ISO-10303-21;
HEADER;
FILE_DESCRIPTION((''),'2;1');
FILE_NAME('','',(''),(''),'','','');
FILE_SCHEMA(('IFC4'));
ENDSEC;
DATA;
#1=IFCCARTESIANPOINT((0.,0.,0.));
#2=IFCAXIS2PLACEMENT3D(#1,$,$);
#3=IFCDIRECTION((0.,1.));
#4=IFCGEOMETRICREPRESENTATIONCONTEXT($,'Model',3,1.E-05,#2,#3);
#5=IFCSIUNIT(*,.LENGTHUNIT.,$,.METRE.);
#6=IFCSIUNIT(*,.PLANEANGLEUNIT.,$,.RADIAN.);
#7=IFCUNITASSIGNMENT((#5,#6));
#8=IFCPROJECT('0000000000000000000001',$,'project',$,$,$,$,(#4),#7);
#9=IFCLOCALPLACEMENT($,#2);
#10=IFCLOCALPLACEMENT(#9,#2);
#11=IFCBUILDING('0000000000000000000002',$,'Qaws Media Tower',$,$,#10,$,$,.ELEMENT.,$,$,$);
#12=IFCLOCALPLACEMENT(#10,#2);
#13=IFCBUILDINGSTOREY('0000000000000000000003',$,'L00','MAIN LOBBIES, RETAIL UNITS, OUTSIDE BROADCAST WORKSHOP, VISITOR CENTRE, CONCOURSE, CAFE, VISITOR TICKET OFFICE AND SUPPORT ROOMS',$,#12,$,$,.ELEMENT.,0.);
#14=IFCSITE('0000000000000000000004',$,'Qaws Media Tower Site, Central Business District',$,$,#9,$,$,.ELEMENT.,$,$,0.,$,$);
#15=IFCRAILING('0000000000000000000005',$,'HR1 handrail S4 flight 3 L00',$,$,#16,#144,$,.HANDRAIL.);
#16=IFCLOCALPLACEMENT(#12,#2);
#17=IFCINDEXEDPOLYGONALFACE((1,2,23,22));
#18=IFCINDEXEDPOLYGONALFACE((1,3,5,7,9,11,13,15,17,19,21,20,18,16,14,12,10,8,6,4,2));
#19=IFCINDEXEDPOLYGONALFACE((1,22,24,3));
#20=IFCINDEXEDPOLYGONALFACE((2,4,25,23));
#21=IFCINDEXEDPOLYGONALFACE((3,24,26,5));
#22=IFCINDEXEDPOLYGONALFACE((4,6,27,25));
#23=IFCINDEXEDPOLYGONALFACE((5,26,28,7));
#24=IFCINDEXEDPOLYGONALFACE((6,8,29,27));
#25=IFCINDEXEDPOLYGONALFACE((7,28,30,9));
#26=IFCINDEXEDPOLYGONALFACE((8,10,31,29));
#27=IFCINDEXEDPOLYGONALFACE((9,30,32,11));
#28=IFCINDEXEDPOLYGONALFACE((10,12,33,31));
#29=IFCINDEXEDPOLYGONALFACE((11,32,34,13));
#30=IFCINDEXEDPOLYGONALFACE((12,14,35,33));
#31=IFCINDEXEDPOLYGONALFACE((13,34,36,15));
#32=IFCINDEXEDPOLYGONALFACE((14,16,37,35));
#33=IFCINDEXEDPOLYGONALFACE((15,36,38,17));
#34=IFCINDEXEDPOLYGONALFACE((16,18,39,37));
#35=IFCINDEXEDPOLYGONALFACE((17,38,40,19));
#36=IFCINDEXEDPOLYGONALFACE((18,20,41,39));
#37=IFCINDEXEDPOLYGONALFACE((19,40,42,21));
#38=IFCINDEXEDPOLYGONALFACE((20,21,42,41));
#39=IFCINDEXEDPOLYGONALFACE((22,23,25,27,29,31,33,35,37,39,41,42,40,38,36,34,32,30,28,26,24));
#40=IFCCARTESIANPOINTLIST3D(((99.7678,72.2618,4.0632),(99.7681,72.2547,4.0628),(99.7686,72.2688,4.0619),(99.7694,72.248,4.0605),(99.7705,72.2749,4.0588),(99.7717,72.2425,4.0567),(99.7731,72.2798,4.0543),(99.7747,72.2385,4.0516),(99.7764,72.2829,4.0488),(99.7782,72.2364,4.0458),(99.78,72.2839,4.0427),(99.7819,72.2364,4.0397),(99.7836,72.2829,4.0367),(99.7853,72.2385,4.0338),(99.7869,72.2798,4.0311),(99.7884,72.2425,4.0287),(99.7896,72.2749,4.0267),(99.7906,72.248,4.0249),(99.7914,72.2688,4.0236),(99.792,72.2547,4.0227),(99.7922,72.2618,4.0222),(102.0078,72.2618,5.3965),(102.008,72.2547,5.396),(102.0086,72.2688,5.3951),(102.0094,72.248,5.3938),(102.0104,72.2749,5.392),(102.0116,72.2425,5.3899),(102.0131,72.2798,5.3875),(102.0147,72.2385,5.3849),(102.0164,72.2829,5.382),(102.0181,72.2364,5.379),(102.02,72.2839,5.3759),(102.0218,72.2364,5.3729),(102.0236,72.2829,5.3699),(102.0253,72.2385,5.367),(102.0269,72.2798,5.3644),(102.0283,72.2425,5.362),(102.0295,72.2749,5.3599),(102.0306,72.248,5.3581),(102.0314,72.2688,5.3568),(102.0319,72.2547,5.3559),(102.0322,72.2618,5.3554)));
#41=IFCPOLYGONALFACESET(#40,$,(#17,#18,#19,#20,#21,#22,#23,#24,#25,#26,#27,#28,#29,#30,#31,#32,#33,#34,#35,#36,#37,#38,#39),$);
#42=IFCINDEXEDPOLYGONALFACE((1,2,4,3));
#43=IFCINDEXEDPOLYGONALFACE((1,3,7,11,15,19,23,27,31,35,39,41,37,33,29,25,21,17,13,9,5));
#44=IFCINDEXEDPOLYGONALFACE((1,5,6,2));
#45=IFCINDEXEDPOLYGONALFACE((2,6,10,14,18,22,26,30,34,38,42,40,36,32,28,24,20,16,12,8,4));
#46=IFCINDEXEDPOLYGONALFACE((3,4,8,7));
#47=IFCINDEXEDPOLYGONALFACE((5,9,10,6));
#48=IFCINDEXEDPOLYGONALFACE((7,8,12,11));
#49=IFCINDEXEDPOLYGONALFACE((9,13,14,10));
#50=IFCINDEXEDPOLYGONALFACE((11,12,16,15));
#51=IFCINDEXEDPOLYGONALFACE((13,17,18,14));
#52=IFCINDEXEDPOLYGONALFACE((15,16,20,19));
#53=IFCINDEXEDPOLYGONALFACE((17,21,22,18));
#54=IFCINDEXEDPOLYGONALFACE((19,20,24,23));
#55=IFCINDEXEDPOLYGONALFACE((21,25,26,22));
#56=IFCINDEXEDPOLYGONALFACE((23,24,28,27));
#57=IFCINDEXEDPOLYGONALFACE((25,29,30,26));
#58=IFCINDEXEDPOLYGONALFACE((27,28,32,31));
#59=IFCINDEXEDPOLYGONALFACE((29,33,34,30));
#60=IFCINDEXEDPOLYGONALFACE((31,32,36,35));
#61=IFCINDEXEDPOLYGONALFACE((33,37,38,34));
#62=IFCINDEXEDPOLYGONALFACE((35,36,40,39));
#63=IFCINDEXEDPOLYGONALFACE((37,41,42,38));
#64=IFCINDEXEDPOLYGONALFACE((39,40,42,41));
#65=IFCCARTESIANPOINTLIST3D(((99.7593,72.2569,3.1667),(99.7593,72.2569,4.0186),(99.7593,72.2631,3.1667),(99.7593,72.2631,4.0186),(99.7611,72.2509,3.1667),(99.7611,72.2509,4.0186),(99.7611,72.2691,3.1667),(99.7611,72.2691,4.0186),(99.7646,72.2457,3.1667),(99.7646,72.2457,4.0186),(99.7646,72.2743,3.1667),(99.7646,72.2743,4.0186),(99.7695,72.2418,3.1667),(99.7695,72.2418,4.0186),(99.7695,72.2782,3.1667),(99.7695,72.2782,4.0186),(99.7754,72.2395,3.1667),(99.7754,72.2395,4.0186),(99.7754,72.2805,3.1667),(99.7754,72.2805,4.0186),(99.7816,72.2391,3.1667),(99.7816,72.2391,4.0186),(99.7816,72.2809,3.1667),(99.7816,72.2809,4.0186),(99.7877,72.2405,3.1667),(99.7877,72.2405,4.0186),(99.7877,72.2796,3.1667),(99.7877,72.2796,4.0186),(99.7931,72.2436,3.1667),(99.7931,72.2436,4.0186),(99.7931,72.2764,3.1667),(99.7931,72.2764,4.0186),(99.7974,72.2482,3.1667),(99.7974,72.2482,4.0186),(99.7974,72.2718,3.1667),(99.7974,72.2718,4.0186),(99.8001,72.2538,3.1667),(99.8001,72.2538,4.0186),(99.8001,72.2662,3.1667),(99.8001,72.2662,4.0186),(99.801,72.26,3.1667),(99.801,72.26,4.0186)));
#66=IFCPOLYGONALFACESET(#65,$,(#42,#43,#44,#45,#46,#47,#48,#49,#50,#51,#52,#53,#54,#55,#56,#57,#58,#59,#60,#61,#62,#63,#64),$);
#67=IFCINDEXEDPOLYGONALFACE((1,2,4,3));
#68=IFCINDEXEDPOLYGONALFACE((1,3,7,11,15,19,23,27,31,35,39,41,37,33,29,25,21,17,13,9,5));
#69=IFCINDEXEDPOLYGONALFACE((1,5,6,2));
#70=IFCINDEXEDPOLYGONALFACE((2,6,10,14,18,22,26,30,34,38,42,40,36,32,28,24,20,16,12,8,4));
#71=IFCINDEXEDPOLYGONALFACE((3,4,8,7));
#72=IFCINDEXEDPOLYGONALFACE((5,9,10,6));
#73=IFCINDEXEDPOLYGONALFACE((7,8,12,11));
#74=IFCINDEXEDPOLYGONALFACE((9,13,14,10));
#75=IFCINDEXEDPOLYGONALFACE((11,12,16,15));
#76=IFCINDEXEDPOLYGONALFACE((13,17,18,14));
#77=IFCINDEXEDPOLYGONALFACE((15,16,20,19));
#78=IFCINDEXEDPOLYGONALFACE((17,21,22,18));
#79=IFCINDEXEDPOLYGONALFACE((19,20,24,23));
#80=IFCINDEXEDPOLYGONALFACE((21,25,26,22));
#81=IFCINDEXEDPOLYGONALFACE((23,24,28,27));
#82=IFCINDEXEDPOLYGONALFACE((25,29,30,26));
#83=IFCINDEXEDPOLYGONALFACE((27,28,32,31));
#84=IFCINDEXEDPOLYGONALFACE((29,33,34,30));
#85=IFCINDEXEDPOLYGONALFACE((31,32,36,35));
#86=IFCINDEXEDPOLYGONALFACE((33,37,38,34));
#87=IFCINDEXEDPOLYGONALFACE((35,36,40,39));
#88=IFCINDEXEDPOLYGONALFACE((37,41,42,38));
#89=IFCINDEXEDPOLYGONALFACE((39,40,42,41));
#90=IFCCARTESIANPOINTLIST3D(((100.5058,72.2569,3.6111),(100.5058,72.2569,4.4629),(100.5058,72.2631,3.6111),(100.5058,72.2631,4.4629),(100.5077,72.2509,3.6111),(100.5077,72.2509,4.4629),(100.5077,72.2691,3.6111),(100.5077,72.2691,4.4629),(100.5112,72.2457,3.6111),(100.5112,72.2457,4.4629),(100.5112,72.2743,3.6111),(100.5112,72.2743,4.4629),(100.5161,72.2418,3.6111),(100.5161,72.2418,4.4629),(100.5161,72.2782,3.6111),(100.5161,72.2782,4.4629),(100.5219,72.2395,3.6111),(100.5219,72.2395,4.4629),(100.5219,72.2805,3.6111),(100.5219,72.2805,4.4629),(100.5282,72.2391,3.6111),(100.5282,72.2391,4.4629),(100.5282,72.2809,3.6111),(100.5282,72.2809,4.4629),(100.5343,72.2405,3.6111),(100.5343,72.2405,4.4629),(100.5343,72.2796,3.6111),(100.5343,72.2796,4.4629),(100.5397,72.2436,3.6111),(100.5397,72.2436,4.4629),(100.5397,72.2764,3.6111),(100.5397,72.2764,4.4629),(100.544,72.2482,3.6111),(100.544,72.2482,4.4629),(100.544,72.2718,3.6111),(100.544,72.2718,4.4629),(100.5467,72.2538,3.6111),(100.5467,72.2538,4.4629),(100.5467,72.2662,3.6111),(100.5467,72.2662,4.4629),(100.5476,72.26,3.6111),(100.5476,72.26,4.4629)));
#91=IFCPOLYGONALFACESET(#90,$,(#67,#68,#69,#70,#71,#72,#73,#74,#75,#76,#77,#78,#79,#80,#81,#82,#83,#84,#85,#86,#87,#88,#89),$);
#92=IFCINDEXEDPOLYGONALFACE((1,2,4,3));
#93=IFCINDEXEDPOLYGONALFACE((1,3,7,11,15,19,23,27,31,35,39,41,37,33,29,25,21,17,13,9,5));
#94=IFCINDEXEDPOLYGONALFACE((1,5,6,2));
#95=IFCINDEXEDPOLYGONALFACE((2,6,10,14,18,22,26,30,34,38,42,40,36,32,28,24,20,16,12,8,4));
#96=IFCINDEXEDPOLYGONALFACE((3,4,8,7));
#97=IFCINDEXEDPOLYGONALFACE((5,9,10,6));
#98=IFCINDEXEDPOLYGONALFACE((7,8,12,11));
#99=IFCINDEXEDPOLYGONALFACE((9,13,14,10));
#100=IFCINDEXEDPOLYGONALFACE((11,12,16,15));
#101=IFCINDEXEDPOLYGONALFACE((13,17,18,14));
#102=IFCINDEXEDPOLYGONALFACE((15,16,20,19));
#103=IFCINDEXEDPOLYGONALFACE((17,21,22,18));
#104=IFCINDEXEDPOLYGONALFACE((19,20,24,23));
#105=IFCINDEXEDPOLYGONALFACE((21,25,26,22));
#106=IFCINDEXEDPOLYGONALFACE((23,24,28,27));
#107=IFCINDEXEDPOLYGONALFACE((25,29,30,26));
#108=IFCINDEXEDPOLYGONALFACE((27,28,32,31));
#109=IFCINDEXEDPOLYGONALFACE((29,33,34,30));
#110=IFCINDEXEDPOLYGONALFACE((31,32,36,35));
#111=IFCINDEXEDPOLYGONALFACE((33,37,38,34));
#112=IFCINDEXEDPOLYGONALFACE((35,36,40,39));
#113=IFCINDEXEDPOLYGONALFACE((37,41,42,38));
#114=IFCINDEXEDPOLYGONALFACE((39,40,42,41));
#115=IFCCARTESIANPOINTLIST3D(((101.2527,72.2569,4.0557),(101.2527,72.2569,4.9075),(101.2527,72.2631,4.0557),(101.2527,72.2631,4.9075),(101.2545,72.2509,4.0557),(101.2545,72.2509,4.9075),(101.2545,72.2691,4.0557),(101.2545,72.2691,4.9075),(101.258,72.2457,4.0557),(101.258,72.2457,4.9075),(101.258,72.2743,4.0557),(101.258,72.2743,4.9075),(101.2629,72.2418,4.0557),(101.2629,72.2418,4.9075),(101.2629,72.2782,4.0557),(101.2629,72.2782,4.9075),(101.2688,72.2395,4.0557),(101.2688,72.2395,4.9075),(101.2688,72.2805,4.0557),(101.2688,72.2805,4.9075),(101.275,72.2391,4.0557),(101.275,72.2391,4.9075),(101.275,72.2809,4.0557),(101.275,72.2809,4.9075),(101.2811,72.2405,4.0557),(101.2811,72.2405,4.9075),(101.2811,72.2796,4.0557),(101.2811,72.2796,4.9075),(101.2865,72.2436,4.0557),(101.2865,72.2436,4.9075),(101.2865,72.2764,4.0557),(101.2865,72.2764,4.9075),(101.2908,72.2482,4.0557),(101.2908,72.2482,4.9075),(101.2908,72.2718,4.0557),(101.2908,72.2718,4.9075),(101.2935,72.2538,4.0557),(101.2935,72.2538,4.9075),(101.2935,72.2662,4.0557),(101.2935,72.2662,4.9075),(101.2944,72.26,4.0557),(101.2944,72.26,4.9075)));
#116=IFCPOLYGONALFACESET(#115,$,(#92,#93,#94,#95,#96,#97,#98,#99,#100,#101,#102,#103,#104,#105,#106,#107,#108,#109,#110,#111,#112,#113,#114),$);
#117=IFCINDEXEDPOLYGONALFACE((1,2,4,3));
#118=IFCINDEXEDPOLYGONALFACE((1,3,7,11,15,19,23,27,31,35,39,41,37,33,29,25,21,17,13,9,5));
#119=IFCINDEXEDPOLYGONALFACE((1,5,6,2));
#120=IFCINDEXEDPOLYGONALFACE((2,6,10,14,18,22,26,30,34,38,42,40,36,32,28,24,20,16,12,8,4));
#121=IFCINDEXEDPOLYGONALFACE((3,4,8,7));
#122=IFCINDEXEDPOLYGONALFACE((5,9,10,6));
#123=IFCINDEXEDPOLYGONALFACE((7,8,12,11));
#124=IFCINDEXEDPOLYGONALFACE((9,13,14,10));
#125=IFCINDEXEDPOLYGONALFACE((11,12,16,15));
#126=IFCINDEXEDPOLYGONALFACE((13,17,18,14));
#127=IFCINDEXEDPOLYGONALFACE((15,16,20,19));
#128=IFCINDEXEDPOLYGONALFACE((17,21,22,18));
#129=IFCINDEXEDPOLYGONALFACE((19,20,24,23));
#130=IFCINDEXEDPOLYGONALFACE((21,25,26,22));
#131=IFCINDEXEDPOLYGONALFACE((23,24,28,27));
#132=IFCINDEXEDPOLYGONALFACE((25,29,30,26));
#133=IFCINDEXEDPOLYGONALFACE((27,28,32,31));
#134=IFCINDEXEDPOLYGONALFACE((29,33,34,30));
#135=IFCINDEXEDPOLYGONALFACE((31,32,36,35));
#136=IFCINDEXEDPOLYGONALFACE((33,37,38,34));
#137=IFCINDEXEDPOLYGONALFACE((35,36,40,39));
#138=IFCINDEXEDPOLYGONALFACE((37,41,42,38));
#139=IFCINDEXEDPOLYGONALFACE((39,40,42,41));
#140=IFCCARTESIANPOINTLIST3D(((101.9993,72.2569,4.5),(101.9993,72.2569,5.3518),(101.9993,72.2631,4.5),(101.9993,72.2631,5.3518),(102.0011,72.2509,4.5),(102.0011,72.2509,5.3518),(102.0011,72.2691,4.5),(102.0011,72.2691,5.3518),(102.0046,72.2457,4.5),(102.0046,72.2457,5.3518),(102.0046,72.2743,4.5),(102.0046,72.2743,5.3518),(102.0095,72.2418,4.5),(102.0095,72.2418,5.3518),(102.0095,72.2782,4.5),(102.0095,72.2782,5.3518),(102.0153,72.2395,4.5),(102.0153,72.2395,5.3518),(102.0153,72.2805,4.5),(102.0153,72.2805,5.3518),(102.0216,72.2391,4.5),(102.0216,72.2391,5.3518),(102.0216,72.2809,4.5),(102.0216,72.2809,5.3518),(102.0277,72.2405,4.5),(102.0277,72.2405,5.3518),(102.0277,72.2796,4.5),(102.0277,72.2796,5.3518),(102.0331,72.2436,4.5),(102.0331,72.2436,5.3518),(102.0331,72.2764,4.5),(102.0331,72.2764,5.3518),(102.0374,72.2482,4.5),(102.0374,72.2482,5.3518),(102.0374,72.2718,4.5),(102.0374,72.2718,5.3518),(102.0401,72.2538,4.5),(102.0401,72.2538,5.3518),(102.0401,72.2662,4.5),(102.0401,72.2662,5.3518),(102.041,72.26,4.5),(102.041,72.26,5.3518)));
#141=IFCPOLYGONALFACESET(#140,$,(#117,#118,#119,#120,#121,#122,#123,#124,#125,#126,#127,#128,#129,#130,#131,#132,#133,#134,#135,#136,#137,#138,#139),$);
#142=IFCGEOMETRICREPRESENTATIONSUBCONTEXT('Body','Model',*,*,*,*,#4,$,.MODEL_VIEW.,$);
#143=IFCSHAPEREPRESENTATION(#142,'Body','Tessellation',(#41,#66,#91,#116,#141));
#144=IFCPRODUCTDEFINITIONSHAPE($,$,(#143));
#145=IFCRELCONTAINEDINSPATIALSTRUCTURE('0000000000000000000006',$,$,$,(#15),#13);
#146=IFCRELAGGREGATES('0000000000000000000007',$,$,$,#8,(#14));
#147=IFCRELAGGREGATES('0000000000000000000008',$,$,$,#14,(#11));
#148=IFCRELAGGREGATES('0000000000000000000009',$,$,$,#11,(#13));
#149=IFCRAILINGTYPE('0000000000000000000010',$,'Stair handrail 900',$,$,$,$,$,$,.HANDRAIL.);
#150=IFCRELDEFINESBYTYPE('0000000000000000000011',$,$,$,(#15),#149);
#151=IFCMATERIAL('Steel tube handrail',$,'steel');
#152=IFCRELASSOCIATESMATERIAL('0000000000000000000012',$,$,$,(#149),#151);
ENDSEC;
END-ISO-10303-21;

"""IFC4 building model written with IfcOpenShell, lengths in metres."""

from ifc_helpers import new_model, si_unit, direction, frame, origin, origin_2d, place, context, subcontext, project, spatial, circle, extrude, material, type_object, element, save


model = new_model("IFC4")

# Units and contexts
model_context = context("Model", 3, precision=1e-05, world=origin(), true_north=direction((0.0, 1.0)))
body_context = subcontext(model_context, "Body", "Model", "MODEL_VIEW")
ifc_project = project(units=[si_unit("LENGTHUNIT", "METRE"), si_unit("PLANEANGLEUNIT", "RADIAN")], contexts=[model_context])

# Site, building, storey
site_placement = place(None, origin())
site = spatial("IfcSite", under=ifc_project, at=site_placement, Name="Qaws Media Tower Site, Central Business District", CompositionType="ELEMENT", RefElevation=0.0)
building_placement = place(site_placement, origin())
building = spatial("IfcBuilding", under=site, at=building_placement, Name="Qaws Media Tower", CompositionType="ELEMENT")
storey_placement = place(building_placement, origin())
storey = spatial("IfcBuildingStorey", under=building, at=storey_placement, Name="L00", Description="MAIN LOBBIES, RETAIL UNITS, OUTSIDE BROADCAST WORKSHOP, VISITOR CENTRE, CONCOURSE, CAFE, VISITOR TICKET OFFICE AND SUPPORT ROOMS", CompositionType="ELEMENT", Elevation=0.0)

# Railing
ifc_material_1 = material(Name="Steel tube handrail", Category="steel")
railing_type = type_object("IfcRailingType", Name="Stair handrail 900", PredefinedType="HANDRAIL", material=ifc_material_1)
for number, where, name in (
    (1, (99.78, 72.26, 3.1667), "HR1 handrail S4 flight 3 L00"),
):
    element("IfcRailing", number, at=place(storey_placement, frame(where)), inside=storey, type_object=railing_type, Name=name, PredefinedType="HANDRAIL", context=body_context, shape_type="SweptSolid", body=[
        extrude(circle(Radius=0.0239, at=origin_2d()), frame((0.0, 0.0, 0.876), z_axis=(0.859306, 0.0, 0.511462), x_axis=(0.0, 1.0, 0.0)), (0.0, 0.0, 1.0), 2.6067),
        extrude(circle(Radius=0.021, at=origin_2d()), origin(), (0.0, 0.0, 1.0), 0.8518),
        extrude(circle(Radius=0.021, at=origin_2d()), frame((0.7466, 0.0, 0.4443)), (0.0, 0.0, 1.0), 0.8518),
        extrude(circle(Radius=0.021, at=origin_2d()), frame((1.4934, 0.0, 0.8889)), (0.0, 0.0, 1.0), 0.8518),
        extrude(circle(Radius=0.021, at=origin_2d()), frame((2.24, 0.0, 1.3333)), (0.0, 0.0, 1.0), 0.8518),
    ])

save(model, "model.ifc")
